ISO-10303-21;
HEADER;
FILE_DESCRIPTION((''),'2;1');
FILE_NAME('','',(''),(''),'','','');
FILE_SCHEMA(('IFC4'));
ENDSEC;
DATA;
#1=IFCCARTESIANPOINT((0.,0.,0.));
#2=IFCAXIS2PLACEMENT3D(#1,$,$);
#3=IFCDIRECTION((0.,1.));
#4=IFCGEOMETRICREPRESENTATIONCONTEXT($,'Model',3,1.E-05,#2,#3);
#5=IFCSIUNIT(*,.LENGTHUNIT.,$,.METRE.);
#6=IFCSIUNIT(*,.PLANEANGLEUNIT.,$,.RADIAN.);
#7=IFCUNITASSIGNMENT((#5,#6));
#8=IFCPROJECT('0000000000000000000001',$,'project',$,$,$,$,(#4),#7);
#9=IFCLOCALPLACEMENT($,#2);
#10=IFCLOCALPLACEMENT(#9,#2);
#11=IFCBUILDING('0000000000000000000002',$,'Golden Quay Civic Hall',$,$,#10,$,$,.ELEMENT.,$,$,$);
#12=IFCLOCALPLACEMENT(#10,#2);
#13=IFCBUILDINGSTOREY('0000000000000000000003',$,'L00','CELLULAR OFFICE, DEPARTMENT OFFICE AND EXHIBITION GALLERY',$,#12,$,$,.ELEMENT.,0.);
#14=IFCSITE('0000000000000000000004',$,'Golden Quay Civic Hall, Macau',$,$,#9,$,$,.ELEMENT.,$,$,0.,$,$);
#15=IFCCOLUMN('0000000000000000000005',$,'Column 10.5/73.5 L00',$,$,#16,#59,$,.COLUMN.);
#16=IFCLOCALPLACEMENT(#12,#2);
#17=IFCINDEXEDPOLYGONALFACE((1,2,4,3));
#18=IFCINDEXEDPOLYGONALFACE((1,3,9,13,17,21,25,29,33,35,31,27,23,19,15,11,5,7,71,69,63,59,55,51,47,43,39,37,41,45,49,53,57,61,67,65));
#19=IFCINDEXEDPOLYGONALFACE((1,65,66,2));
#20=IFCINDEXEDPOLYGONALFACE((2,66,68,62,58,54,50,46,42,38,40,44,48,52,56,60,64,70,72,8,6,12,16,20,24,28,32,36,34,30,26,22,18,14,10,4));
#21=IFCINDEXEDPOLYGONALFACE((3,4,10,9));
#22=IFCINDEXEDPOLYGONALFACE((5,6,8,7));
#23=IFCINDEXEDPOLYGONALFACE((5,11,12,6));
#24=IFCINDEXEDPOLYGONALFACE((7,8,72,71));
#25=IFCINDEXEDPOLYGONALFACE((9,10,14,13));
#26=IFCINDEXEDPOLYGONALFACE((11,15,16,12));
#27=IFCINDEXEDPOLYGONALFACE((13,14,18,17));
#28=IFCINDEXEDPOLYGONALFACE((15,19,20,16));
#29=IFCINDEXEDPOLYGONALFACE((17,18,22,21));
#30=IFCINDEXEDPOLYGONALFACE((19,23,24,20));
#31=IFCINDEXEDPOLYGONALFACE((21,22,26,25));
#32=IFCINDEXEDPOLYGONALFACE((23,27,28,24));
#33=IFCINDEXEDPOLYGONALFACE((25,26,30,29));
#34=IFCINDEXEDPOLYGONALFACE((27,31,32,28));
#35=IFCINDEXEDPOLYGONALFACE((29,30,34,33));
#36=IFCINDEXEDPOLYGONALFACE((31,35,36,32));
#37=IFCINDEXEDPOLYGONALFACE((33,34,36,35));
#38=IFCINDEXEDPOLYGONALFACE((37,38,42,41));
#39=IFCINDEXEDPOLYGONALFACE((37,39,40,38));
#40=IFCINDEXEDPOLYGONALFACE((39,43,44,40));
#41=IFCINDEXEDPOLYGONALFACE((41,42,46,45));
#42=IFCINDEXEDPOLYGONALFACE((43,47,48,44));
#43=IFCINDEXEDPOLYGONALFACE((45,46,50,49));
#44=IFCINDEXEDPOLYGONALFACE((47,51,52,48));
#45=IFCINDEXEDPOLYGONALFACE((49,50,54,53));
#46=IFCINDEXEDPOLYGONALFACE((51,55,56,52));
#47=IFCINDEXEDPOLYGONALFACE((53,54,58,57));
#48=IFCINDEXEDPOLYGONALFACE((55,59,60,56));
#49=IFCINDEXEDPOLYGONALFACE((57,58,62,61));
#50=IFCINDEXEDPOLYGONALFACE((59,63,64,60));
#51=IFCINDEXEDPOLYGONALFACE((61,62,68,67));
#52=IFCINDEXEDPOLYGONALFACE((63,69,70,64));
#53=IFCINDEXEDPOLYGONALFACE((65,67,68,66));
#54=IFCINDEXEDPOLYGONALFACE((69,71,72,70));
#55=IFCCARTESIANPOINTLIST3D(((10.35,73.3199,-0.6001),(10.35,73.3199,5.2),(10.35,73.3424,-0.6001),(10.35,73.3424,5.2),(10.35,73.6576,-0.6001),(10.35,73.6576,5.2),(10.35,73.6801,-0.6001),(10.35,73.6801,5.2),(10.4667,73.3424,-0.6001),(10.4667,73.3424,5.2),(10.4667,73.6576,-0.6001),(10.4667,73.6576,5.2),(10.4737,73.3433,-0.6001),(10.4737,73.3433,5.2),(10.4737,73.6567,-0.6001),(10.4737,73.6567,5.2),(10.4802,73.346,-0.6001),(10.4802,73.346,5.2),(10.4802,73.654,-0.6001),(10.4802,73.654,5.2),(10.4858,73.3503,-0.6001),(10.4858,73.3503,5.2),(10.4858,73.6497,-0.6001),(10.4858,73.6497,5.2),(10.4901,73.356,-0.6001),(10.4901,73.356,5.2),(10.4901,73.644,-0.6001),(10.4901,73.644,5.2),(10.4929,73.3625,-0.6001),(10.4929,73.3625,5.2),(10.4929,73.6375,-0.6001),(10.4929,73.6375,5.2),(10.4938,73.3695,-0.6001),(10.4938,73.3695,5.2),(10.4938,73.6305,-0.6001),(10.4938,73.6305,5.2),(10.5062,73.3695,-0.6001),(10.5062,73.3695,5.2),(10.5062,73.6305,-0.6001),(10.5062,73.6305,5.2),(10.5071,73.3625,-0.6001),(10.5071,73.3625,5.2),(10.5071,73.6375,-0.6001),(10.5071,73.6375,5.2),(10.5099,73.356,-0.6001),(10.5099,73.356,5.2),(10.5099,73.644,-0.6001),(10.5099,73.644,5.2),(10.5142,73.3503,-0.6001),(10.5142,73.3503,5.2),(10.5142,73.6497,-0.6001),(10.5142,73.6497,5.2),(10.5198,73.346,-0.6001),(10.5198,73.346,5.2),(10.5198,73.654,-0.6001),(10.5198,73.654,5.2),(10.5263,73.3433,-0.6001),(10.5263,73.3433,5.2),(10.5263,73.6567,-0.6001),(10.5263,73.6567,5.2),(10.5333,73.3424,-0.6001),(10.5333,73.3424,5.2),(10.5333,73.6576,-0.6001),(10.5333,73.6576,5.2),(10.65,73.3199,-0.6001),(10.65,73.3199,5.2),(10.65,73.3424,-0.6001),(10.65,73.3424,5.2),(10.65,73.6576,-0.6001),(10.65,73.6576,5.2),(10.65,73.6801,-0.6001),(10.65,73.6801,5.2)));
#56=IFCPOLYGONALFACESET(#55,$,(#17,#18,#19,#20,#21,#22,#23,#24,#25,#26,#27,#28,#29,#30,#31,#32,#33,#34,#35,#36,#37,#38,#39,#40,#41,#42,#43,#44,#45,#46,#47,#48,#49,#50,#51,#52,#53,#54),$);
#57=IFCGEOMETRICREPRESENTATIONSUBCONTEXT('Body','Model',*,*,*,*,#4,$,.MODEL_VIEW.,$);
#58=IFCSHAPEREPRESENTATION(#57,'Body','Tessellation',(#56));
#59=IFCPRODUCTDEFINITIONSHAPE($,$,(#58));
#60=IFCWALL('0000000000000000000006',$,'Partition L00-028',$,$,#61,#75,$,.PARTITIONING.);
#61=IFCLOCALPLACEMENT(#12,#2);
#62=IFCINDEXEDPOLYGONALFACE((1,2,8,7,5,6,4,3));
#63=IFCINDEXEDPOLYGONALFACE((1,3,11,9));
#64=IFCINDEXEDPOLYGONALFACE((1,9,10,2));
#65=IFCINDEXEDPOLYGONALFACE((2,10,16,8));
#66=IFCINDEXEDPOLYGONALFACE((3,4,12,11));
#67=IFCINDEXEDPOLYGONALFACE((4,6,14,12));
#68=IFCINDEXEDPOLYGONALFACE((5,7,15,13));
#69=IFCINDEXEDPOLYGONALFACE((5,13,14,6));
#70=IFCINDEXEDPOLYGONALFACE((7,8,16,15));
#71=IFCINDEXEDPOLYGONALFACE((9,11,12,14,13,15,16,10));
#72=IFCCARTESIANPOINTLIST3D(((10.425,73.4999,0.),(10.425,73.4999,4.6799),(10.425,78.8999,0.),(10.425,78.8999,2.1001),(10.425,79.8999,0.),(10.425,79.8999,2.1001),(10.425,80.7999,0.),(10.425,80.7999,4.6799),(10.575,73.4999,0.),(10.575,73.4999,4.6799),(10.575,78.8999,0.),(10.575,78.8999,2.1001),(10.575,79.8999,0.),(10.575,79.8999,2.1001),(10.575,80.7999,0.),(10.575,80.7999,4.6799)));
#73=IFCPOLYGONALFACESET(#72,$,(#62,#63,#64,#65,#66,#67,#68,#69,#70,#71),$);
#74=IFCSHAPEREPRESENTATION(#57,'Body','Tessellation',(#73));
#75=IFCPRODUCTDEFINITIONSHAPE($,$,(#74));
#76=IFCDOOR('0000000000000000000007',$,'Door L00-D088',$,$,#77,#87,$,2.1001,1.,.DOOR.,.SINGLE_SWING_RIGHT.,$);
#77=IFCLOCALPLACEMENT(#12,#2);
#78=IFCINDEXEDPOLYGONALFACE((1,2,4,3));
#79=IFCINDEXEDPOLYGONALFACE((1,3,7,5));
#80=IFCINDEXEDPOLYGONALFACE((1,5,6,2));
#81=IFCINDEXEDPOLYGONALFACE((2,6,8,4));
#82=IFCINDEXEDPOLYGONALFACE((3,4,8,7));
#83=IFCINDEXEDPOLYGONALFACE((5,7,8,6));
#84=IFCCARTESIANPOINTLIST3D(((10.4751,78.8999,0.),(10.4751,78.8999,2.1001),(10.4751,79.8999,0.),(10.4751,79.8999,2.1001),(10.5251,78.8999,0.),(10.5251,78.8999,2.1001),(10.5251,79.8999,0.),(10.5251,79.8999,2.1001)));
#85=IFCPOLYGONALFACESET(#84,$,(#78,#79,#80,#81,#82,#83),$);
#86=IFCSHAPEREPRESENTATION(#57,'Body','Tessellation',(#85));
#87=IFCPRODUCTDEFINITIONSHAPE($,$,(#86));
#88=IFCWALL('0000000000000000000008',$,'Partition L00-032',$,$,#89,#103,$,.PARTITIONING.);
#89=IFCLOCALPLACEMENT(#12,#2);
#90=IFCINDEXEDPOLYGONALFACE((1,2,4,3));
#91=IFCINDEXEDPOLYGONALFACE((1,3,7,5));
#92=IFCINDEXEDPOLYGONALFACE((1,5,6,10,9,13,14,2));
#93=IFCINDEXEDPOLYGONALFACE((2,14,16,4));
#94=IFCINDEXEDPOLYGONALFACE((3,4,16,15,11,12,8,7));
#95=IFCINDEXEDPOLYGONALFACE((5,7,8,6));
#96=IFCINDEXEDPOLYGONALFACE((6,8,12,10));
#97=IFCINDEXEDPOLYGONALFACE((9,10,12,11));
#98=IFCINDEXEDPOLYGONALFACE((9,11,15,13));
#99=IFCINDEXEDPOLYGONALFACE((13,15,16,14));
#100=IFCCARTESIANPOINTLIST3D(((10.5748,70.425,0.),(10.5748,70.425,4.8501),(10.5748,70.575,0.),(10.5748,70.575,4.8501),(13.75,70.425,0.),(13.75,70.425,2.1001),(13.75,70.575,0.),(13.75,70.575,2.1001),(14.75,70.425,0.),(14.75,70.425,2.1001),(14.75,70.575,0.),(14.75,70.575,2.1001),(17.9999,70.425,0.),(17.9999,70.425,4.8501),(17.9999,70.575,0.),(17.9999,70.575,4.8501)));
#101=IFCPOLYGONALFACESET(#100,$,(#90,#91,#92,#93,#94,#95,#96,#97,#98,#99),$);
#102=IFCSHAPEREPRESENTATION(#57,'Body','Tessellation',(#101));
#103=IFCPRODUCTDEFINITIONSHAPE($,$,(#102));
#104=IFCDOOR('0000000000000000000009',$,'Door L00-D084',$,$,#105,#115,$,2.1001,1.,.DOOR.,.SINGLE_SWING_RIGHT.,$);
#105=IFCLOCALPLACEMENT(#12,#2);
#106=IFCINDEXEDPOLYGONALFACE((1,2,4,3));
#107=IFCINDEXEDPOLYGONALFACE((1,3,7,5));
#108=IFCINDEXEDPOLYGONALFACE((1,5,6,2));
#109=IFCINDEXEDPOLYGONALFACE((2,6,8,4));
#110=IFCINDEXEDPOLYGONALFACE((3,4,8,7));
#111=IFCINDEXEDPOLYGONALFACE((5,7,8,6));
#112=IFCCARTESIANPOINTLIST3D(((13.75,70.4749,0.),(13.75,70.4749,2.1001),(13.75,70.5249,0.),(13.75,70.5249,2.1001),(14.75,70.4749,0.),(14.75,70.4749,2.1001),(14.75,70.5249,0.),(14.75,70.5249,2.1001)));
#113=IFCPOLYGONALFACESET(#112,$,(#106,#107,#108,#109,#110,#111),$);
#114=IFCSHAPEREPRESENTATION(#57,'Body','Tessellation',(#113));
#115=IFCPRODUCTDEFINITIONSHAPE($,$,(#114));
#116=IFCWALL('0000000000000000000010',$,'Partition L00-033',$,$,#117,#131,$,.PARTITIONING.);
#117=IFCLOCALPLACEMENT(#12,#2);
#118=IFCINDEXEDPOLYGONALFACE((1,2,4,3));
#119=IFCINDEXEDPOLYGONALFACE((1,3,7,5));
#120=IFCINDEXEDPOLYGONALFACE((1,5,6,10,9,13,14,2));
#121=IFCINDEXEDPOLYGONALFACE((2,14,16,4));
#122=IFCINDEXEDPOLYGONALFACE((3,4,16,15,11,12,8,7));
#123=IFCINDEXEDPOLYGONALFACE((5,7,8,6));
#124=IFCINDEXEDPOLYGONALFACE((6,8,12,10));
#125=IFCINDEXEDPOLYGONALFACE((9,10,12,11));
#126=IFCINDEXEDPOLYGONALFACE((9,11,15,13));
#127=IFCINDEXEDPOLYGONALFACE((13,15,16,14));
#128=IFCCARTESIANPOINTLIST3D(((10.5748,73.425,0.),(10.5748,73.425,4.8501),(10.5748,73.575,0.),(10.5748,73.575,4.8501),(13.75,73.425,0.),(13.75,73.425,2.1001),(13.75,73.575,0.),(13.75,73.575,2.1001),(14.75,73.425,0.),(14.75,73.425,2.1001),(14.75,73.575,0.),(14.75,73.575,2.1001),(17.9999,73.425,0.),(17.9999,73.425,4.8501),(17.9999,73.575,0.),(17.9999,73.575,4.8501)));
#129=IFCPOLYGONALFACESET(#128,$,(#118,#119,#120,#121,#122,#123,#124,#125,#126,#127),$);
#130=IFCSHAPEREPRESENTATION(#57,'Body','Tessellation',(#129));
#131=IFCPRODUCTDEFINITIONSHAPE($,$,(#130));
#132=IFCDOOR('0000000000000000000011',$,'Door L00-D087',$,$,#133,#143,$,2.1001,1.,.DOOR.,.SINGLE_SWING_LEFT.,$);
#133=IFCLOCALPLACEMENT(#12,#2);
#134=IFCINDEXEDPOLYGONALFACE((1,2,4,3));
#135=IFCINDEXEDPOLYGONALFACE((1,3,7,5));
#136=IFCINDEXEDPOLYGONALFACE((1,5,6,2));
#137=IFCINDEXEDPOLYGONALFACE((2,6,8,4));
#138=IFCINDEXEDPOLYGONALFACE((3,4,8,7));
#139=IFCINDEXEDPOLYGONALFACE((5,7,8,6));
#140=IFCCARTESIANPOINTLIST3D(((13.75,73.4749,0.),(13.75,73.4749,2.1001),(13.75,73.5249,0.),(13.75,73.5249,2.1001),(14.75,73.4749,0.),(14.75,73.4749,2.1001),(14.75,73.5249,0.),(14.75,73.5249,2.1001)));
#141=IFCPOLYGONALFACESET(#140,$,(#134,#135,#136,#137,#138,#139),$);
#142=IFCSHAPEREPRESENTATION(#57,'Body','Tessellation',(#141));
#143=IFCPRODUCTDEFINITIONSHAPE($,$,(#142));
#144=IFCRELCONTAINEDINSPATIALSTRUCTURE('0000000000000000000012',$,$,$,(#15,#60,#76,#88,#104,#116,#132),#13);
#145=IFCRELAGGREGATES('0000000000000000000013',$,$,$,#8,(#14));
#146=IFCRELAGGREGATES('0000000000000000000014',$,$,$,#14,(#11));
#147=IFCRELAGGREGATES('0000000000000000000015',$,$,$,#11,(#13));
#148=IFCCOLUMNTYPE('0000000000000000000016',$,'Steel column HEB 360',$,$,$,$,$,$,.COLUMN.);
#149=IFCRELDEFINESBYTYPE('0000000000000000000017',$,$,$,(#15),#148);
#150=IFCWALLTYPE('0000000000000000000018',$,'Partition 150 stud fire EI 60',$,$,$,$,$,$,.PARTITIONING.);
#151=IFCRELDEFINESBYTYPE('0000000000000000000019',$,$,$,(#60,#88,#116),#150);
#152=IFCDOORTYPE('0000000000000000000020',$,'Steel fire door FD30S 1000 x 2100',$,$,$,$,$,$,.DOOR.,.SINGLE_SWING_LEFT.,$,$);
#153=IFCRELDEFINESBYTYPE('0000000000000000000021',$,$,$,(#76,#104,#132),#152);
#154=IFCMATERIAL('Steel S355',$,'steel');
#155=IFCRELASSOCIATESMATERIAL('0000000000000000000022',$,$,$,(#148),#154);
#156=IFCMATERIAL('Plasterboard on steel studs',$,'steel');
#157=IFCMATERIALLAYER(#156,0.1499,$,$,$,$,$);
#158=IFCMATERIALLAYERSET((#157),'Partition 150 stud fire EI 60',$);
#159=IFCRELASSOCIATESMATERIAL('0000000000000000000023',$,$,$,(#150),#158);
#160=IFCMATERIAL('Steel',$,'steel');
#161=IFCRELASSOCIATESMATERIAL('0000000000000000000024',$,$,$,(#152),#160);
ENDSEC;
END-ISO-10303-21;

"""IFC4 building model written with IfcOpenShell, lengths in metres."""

from ifc_helpers import new_model, si_unit, direction, frame, frame_2d, origin, origin_2d, place, context, subcontext, project, spatial, rectangle, i_section, extrude, material, layer, layer_set, material_profile, profile_set, type_object, element, fill, save


model = new_model("IFC4")

# Units and contexts
model_context = context("Model", 3, precision=1e-05, world=origin(), true_north=direction((0.0, 1.0)))
body_context = subcontext(model_context, "Body", "Model", "MODEL_VIEW")
ifc_project = project(units=[si_unit("LENGTHUNIT", "METRE"), si_unit("PLANEANGLEUNIT", "RADIAN")], contexts=[model_context])

# Site, building, storey
site_placement = place(None, origin())
site = spatial("IfcSite", under=ifc_project, at=site_placement, Name="Golden Quay Civic Hall, Macau", CompositionType="ELEMENT", RefElevation=0.0)
building_placement = place(site_placement, origin())
building = spatial("IfcBuilding", under=site, at=building_placement, Name="Golden Quay Civic Hall", CompositionType="ELEMENT")
storey_placement = place(building_placement, origin())
storey = spatial("IfcBuildingStorey", under=building, at=storey_placement, Name="L00", Description="CELLULAR OFFICE, DEPARTMENT OFFICE AND EXHIBITION GALLERY", CompositionType="ELEMENT", Elevation=0.0)

# Column
ifc_material_1 = material(Name="Steel S355", Category="steel")
ifc_material_profile_1 = material_profile(ifc_material_1, i_section(OverallWidth=0.3, OverallDepth=0.3601, WebThickness=0.0125, FlangeThickness=0.0225, FilletRadius=0.0271, at=origin_2d()), Name="HEB 360")
ifc_profile_set_1 = profile_set([ifc_material_profile_1], Name="Steel S355")
column_type = type_object("IfcColumnType", Name="Steel column HEB 360", PredefinedType="COLUMN", material=ifc_profile_set_1)
for number, where, z_axis, x_axis, name in (
    (1, (10.5, 73.5, -0.6001), (0.0, 0.0, 1.0), (1.0, 0.0, 0.0), "Column 10.5/73.5 L00"),
):
    element("IfcColumn", number, at=place(storey_placement, frame(where, z_axis=z_axis, x_axis=x_axis)), inside=storey, type_object=column_type, Name=name, PredefinedType="COLUMN", context=body_context, shape_type="SweptSolid", body=[
        extrude(i_section(OverallWidth=0.3, OverallDepth=0.3601, WebThickness=0.0125, FlangeThickness=0.0225, FilletRadius=0.0271, at=origin_2d()), origin(), (0.0, 0.0, 1.0), 5.8),
    ])

# Walls, openings, doors
ifc_material_2 = material(Name="Plasterboard on steel studs", Category="steel")
ifc_layer = layer(ifc_material_2, 0.1499)
ifc_layer_set = layer_set([ifc_layer], Name="Partition 150 stud fire EI 60")
wall_type = type_object("IfcWallType", Name="Partition 150 stud fire EI 60", PredefinedType="PARTITIONING", material=ifc_layer_set)
wall_1_placement = place(storey_placement, frame((10.5, 73.5, 0.0), z_axis=(0.0, 0.0, 1.0), x_axis=(0.0, 1.0, 0.0)))
wall_1 = element("IfcWall", 2, at=wall_1_placement, inside=storey, type_object=wall_type, Name="Partition L00-028", PredefinedType="PARTITIONING", context=body_context, shape_type="SweptSolid", body=[
    extrude(rectangle(XDim=7.3, YDim=0.1499, at=frame_2d((3.6499, 0.0))), origin(), (0.0, 0.0, 1.0), 4.6799),
])
opening_1_placement = place(wall_1_placement, frame((5.3999, 0.0, 0.0)))
opening_1 = element("IfcOpeningElement", 3, at=opening_1_placement, cuts=wall_1, PredefinedType="OPENING", context=body_context, shape_type="SweptSolid", body=[
    extrude(rectangle(XDim=1.0, YDim=2.1001, at=frame_2d((0.5, 1.05))), frame((0.0, 0.085, 0.0), z_axis=(0.0, -1.0, 0.0), x_axis=(1.0, 0.0, 0.0)), (0.0, 0.0, 1.0), 0.1699),
])
ifc_material_3 = material(Name="Steel", Category="steel")
door_type = type_object("IfcDoorType", Name="Steel fire door FD30S 1000 x 2100", OperationType="SINGLE_SWING_LEFT", PredefinedType="DOOR", material=ifc_material_3)
door_1_placement = place(opening_1_placement, frame((1.0, 0.0, 0.0), z_axis=(0.0, 0.0, 1.0), x_axis=(-1.0, 0.0, 0.0)))
door_1 = element("IfcDoor", 4, at=door_1_placement, inside=storey, type_object=door_type, Name="Door L00-D088", OperationType="SINGLE_SWING_RIGHT", OverallHeight=2.1001, OverallWidth=1.0, PredefinedType="DOOR", context=body_context, shape_type="SweptSolid", body=[
    extrude(rectangle(XDim=1.0, YDim=2.1001, at=frame_2d((0.5, 1.05))), frame((0.0, 0.0251, 0.0), z_axis=(0.0, -1.0, 0.0), x_axis=(1.0, 0.0, 0.0)), (0.0, 0.0, 1.0), 0.05),
])
fill(opening_1, door_1)
wall_2_placement = place(storey_placement, frame((10.575, 70.5, 0.0), z_axis=(0.0, 0.0, 1.0), x_axis=(1.0, 0.0, 0.0)))
wall_2 = element("IfcWall", 5, at=wall_2_placement, inside=storey, type_object=wall_type, Name="Partition L00-032", PredefinedType="PARTITIONING", context=body_context, shape_type="SweptSolid", body=[
    extrude(rectangle(XDim=7.425, YDim=0.1499, at=frame_2d((3.7124, 0.0))), origin(), (0.0, 0.0, 1.0), 4.8501),
])
opening_2_placement = place(wall_2_placement, frame((3.175, 0.0, 0.0)))
opening_2 = element("IfcOpeningElement", 6, at=opening_2_placement, cuts=wall_2, PredefinedType="OPENING", context=body_context, shape_type="SweptSolid", body=[
    extrude(rectangle(XDim=1.0, YDim=2.1001, at=frame_2d((0.5, 1.05))), frame((0.0, 0.085, 0.0), z_axis=(0.0, -1.0, 0.0), x_axis=(1.0, 0.0, 0.0)), (0.0, 0.0, 1.0), 0.1699),
])
door_2_placement = place(opening_2_placement, frame((1.0, 0.0, 0.0), z_axis=(0.0, 0.0, 1.0), x_axis=(-1.0, 0.0, 0.0)))
door_2 = element("IfcDoor", 7, at=door_2_placement, inside=storey, type_object=door_type, Name="Door L00-D084", OperationType="SINGLE_SWING_RIGHT", OverallHeight=2.1001, OverallWidth=1.0, PredefinedType="DOOR", context=body_context, shape_type="SweptSolid", body=[
    extrude(rectangle(XDim=1.0, YDim=2.1001, at=frame_2d((0.5, 1.05))), frame((0.0, 0.0251, 0.0), z_axis=(0.0, -1.0, 0.0), x_axis=(1.0, 0.0, 0.0)), (0.0, 0.0, 1.0), 0.05),
])
fill(opening_2, door_2)
wall_3_placement = place(storey_placement, frame((10.575, 73.5, 0.0), z_axis=(0.0, 0.0, 1.0), x_axis=(1.0, 0.0, 0.0)))
wall_3 = element("IfcWall", 8, at=wall_3_placement, inside=storey, type_object=wall_type, Name="Partition L00-033", PredefinedType="PARTITIONING", context=body_context, shape_type="SweptSolid", body=[
    extrude(rectangle(XDim=7.425, YDim=0.1499, at=frame_2d((3.7124, 0.0))), origin(), (0.0, 0.0, 1.0), 4.8501),
])
opening_3_placement = place(wall_3_placement, frame((3.175, 0.0, 0.0)))
opening_3 = element("IfcOpeningElement", 9, at=opening_3_placement, cuts=wall_3, PredefinedType="OPENING", context=body_context, shape_type="SweptSolid", body=[
    extrude(rectangle(XDim=1.0, YDim=2.1001, at=frame_2d((0.5, 1.05))), frame((0.0, 0.085, 0.0), z_axis=(0.0, -1.0, 0.0), x_axis=(1.0, 0.0, 0.0)), (0.0, 0.0, 1.0), 0.1699),
])
door_3_placement = place(opening_3_placement, origin())
door_3 = element("IfcDoor", 10, at=door_3_placement, inside=storey, type_object=door_type, Name="Door L00-D087", OperationType="SINGLE_SWING_LEFT", OverallHeight=2.1001, OverallWidth=1.0, PredefinedType="DOOR", context=body_context, shape_type="SweptSolid", body=[
    extrude(rectangle(XDim=1.0, YDim=2.1001, at=frame_2d((0.5, 1.05))), frame((0.0, 0.0249, 0.0), z_axis=(0.0, -1.0, 0.0), x_axis=(1.0, 0.0, 0.0)), (0.0, 0.0, 1.0), 0.05),
])
fill(opening_3, door_3)

save(model, "model.ifc")
